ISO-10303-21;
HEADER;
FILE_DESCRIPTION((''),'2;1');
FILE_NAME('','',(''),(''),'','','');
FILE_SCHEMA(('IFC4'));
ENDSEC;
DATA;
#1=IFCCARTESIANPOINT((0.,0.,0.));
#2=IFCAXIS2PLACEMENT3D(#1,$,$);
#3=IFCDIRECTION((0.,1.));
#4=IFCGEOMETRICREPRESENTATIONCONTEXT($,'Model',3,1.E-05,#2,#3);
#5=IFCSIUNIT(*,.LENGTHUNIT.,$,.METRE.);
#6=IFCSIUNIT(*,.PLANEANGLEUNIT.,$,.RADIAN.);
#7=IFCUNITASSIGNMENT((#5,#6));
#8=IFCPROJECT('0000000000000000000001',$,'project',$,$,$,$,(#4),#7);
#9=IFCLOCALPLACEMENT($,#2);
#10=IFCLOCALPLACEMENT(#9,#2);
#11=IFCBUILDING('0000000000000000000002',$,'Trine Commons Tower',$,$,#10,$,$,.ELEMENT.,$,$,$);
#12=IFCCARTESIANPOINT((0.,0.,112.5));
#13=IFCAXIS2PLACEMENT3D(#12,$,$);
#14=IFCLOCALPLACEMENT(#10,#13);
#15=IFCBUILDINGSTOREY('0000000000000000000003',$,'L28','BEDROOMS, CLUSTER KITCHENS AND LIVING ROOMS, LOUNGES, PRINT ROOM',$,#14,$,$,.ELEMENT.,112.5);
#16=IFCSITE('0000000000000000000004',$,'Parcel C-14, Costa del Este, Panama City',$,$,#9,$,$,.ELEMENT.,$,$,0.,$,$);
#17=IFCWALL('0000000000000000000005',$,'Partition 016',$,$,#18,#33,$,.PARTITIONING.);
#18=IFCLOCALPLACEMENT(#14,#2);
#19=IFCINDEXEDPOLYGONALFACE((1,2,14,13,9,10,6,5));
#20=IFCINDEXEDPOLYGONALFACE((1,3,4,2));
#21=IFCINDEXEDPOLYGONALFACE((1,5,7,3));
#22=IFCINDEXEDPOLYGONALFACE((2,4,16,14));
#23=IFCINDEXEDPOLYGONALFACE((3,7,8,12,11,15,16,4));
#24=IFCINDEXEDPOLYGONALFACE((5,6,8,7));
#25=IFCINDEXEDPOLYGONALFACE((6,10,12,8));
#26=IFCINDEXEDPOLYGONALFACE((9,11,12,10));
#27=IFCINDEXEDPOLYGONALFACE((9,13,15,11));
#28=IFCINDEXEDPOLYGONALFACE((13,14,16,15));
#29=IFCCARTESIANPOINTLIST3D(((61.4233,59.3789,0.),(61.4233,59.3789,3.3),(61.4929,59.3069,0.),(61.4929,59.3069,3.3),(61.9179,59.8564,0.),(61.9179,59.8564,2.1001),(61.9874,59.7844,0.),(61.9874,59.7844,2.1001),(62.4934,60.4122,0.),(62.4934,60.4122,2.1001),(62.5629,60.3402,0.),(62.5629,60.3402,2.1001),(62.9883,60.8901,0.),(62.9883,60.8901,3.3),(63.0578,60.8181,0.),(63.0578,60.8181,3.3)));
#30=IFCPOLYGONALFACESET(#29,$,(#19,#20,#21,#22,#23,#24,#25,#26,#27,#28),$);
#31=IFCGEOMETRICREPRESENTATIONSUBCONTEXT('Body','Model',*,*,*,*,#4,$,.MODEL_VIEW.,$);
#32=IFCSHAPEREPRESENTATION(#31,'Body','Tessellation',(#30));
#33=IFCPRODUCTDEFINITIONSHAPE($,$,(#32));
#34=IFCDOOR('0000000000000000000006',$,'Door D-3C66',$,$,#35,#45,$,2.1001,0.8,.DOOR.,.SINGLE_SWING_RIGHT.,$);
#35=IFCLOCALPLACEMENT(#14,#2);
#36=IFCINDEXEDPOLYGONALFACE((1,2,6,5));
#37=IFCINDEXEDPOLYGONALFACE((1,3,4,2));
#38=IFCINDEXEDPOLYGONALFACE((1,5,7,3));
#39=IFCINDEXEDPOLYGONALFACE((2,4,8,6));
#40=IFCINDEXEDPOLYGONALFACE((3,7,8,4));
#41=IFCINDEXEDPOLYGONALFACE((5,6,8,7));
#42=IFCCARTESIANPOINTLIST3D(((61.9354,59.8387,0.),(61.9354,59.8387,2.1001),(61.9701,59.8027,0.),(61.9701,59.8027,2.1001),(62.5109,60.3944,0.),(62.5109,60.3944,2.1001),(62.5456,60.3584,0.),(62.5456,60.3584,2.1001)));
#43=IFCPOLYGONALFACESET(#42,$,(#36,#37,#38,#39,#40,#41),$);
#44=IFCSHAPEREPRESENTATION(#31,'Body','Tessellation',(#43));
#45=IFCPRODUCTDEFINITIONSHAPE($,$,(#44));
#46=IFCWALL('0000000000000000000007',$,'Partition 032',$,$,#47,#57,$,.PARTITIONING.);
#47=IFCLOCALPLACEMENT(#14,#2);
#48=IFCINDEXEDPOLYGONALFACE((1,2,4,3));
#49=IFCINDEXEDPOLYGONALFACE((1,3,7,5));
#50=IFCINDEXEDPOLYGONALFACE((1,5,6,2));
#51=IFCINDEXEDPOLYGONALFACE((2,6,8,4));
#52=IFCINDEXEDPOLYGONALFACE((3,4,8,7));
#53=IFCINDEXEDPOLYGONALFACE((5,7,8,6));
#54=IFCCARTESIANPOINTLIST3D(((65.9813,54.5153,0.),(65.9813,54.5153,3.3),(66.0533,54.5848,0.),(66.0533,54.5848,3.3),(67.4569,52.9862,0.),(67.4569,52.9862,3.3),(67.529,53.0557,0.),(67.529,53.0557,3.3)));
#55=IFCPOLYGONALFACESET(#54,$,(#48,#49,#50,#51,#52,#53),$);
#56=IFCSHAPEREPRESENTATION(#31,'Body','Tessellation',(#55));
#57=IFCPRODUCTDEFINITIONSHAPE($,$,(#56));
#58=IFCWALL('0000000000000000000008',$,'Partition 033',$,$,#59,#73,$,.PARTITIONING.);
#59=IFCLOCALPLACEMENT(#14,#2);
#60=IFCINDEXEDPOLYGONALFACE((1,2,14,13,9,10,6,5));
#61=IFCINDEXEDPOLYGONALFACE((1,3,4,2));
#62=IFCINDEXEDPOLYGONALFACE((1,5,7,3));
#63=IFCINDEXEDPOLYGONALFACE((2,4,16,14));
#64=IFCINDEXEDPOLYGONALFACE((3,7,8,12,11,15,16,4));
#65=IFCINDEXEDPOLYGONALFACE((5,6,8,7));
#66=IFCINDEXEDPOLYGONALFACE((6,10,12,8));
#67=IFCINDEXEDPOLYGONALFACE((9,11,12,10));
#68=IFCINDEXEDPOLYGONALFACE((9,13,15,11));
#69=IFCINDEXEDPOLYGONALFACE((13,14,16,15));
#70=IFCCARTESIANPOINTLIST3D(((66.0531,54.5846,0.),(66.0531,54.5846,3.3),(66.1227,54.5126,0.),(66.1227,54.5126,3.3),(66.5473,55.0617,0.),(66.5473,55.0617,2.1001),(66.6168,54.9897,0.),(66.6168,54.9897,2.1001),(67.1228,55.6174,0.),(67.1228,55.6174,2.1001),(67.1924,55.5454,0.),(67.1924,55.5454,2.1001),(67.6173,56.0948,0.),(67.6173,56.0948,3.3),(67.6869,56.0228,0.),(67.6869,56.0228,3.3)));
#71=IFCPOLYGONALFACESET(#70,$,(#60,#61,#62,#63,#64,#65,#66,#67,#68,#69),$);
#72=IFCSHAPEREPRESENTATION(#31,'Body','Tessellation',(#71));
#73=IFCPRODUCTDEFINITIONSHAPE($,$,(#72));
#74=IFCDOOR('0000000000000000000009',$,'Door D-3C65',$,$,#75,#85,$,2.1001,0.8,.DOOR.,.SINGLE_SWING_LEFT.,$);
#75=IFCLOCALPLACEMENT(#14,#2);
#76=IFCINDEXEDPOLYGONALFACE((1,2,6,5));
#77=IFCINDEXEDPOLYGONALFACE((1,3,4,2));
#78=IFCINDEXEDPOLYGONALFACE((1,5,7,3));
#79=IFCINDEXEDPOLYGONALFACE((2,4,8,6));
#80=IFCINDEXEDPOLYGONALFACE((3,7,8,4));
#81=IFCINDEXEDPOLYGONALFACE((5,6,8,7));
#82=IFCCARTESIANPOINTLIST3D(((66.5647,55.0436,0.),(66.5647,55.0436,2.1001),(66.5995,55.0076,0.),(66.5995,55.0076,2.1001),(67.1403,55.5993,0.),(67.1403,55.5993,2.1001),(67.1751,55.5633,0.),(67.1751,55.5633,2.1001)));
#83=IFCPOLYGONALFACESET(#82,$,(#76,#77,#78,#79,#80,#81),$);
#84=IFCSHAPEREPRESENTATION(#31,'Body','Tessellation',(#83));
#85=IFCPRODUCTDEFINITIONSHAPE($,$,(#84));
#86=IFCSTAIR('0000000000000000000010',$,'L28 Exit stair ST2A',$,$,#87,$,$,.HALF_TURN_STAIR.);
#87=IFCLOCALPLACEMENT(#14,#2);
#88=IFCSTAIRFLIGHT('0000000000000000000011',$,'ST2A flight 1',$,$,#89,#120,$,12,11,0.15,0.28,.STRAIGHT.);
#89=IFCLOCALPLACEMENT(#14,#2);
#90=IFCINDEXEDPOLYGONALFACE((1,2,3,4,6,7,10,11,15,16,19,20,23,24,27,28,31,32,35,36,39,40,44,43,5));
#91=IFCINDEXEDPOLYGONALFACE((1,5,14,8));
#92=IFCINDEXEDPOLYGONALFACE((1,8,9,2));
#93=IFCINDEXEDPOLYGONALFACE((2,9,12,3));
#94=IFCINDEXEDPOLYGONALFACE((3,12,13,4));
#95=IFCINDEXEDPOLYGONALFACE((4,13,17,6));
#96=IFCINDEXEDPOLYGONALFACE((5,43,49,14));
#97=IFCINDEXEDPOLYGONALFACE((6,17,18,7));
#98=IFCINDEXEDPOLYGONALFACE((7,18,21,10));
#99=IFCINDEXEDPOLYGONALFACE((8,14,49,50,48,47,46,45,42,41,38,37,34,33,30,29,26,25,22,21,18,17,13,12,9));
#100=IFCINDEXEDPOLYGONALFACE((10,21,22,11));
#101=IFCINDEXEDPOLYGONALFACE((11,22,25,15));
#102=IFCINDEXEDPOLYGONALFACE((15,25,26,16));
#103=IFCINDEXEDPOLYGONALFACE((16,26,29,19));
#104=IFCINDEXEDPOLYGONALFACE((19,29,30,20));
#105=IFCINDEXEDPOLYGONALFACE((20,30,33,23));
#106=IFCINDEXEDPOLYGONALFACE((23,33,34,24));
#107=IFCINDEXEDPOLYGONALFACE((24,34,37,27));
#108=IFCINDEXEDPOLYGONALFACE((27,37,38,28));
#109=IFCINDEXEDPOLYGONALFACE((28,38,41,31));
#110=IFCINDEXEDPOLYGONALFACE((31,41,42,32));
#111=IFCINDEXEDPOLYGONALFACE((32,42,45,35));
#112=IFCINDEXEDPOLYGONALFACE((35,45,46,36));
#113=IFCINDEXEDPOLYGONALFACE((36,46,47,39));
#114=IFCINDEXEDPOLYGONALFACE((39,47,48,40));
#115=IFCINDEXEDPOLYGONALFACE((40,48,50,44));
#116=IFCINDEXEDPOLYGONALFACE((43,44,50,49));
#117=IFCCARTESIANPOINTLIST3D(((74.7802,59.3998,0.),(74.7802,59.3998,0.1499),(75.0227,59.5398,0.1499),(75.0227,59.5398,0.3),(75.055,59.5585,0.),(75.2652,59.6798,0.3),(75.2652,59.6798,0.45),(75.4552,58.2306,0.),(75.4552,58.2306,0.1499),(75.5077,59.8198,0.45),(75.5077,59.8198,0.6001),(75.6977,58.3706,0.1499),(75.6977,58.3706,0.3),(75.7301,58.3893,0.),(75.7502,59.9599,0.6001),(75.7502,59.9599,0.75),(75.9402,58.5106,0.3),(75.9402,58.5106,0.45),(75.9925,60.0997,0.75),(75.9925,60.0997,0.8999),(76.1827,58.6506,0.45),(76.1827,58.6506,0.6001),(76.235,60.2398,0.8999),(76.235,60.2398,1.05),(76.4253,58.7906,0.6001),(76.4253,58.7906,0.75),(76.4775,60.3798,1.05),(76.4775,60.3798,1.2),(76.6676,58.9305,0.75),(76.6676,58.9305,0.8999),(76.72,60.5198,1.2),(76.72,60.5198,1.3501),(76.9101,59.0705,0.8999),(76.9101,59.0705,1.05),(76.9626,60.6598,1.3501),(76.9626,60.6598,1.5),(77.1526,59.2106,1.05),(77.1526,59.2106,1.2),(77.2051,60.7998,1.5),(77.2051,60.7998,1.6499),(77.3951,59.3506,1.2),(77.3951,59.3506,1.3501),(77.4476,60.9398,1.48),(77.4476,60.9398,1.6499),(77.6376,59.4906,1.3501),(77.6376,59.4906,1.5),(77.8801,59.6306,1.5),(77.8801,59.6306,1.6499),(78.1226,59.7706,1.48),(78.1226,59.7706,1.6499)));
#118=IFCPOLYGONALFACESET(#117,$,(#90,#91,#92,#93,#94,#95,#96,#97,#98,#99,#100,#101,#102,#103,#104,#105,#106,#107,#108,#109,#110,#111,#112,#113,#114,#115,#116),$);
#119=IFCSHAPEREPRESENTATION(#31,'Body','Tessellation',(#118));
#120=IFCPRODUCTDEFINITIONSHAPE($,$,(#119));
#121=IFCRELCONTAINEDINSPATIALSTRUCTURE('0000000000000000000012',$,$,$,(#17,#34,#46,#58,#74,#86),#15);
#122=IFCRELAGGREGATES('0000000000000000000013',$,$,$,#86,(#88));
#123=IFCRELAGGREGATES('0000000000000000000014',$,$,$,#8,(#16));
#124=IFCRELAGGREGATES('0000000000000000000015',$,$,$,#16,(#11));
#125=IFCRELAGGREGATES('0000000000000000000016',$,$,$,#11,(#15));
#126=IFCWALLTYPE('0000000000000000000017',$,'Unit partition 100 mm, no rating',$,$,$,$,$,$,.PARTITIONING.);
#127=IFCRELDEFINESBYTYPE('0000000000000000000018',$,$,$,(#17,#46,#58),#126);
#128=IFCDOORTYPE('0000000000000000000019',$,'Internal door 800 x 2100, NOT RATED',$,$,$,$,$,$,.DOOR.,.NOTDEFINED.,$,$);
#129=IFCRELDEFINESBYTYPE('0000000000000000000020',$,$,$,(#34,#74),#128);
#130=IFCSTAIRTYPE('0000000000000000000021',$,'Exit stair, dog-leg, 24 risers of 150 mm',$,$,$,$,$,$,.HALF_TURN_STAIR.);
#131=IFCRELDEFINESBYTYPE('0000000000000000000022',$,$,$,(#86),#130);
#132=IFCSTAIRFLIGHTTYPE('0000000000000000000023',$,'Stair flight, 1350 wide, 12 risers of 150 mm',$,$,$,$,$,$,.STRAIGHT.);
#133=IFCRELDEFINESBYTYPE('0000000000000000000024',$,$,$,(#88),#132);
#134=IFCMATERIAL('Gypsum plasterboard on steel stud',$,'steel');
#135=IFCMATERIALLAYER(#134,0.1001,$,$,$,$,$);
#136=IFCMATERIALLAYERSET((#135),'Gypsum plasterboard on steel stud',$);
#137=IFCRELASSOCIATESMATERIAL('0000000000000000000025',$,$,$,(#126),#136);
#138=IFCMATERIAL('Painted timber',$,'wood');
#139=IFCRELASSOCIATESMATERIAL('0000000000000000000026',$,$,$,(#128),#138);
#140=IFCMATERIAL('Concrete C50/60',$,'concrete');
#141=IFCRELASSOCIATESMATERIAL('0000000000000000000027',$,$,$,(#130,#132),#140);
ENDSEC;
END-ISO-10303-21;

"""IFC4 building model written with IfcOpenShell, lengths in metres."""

from ifc_helpers import new_model, si_unit, direction, frame, frame_2d, origin, place, context, subcontext, project, spatial, polyline, rectangle, outline, extrude, material, layer, layer_set, type_object, element, fill, aggregate, save


model = new_model("IFC4")

# Units and contexts
model_context = context("Model", 3, precision=1e-05, world=origin(), true_north=direction((0.0, 1.0)))
body_context = subcontext(model_context, "Body", "Model", "MODEL_VIEW")
ifc_project = project(units=[si_unit("LENGTHUNIT", "METRE"), si_unit("PLANEANGLEUNIT", "RADIAN")], contexts=[model_context])

# Site, building, storey
site_placement = place(None, origin())
site = spatial("IfcSite", under=ifc_project, at=site_placement, Name="Parcel C-14, Costa del Este, Panama City", CompositionType="ELEMENT", RefElevation=0.0)
building_placement = place(site_placement, origin())
building = spatial("IfcBuilding", under=site, at=building_placement, Name="Trine Commons Tower", CompositionType="ELEMENT")
storey_placement = place(building_placement, frame((0.0, 0.0, 112.5)))
storey = spatial("IfcBuildingStorey", under=building, at=storey_placement, Name="L28", Description="BEDROOMS, CLUSTER KITCHENS AND LIVING ROOMS, LOUNGES, PRINT ROOM", CompositionType="ELEMENT", Elevation=112.5)

# Wall, opening, door
ifc_material_1 = material(Name="Gypsum plasterboard on steel stud", Category="steel")
ifc_layer_1 = layer(ifc_material_1, 0.1001)
ifc_layer_set_1 = layer_set([ifc_layer_1], Name="Gypsum plasterboard on steel stud")
wall_type_1 = type_object("IfcWallType", Name="Unit partition 100 mm, no rating", PredefinedType="PARTITIONING", material=ifc_layer_set_1)
wall_1_placement = place(storey_placement, frame((61.458, 59.3428, 0.0), z_axis=(0.0, 0.0, 1.0), x_axis=(0.719343, 0.694655, 0.0)))
wall_1 = element("IfcWall", 1, at=wall_1_placement, inside=storey, type_object=wall_type_1, Name="Partition 016", PredefinedType="PARTITIONING", context=body_context, shape_type="SweptSolid", body=[
    extrude(rectangle(XDim=2.1755, YDim=0.1001, at=frame_2d((1.0879, 0.0))), origin(), (0.0, 0.0, 1.0), 3.3),
])
opening_1_placement = place(wall_1_placement, frame((0.6877, 0.0, 0.0)))
opening_1 = element("IfcOpeningElement", 2, at=opening_1_placement, cuts=wall_1, PredefinedType="OPENING", context=body_context, shape_type="SweptSolid", body=[
    extrude(rectangle(XDim=0.8, YDim=2.1001, at=frame_2d((0.3999, 1.05))), frame((0.0, 0.0601, 0.0), z_axis=(0.0, -1.0, 0.0), x_axis=(1.0, 0.0, 0.0)), (0.0, 0.0, 1.0), 0.1201),
])
ifc_material_2 = material(Name="Painted timber", Category="wood")
door_type_1 = type_object("IfcDoorType", Name="Internal door 800 x 2100, NOT RATED", OperationType="NOTDEFINED", PredefinedType="DOOR", material=ifc_material_2)
door_1_placement = place(opening_1_placement, frame((0.8, 0.0, 0.0), z_axis=(0.0, 0.0, 1.0), x_axis=(-1.0, 0.0, 0.0)))
door_1 = element("IfcDoor", 3, at=door_1_placement, inside=storey, type_object=door_type_1, Name="Door D-3C66", OperationType="SINGLE_SWING_RIGHT", OverallHeight=2.1001, OverallWidth=0.8, PredefinedType="DOOR", context=body_context, shape_type="SweptSolid", body=[
    extrude(rectangle(XDim=0.8, YDim=2.1001, at=frame_2d((0.3999, 1.05))), frame((0.0, 0.0249, 0.0), z_axis=(0.0, -1.0, 0.0), x_axis=(1.0, 0.0, 0.0)), (0.0, 0.0, 1.0), 0.05),
])
fill(opening_1, door_1)

# Wall
wall_2_placement = place(storey_placement, frame((66.0173, 54.55, 0.0), z_axis=(0.0, 0.0, 1.0), x_axis=(0.694414, -0.719576, 0.0)))
element("IfcWall", 4, at=wall_2_placement, inside=storey, type_object=wall_type_1, Name="Partition 032", PredefinedType="PARTITIONING", context=body_context, shape_type="SweptSolid", body=[
    extrude(rectangle(XDim=2.125, YDim=0.1001, at=frame_2d((1.0625, 0.0))), origin(), (0.0, 0.0, 1.0), 3.3),
])

# Wall, opening, door
wall_3_placement = place(storey_placement, frame((66.0879, 54.5486, 0.0), z_axis=(0.0, 0.0, 1.0), x_axis=(0.719405, 0.694591, 0.0)))
wall_3 = element("IfcWall", 5, at=wall_3_placement, inside=storey, type_object=wall_type_1, Name="Partition 033", PredefinedType="PARTITIONING", context=body_context, shape_type="SweptSolid", body=[
    extrude(rectangle(XDim=2.1743, YDim=0.1001, at=frame_2d((1.0872, 0.0))), origin(), (0.0, 0.0, 1.0), 3.3),
])
opening_2_placement = place(wall_3_placement, frame((0.687, 0.0, 0.0)))
opening_2 = element("IfcOpeningElement", 6, at=opening_2_placement, cuts=wall_3, PredefinedType="OPENING", context=body_context, shape_type="SweptSolid", body=[
    extrude(rectangle(XDim=0.8, YDim=2.1001, at=frame_2d((0.3999, 1.05))), frame((0.0, 0.0601, 0.0), z_axis=(0.0, -1.0, 0.0), x_axis=(1.0, 0.0, 0.0)), (0.0, 0.0, 1.0), 0.1201),
])
door_2_placement = place(opening_2_placement, origin())
door_2 = element("IfcDoor", 7, at=door_2_placement, inside=storey, type_object=door_type_1, Name="Door D-3C65", OperationType="SINGLE_SWING_LEFT", OverallHeight=2.1001, OverallWidth=0.8, PredefinedType="DOOR", context=body_context, shape_type="SweptSolid", body=[
    extrude(rectangle(XDim=0.8, YDim=2.1001, at=frame_2d((0.3999, 1.05))), frame((0.0, 0.0249, 0.0), z_axis=(0.0, -1.0, 0.0), x_axis=(1.0, 0.0, 0.0)), (0.0, 0.0, 1.0), 0.05),
])
fill(opening_2, door_2)

# Stair, stair flight
ifc_material_3 = material(Name="Concrete C50/60", Category="concrete")
stair_type = type_object("IfcStairType", Name="Exit stair, dog-leg, 24 risers of 150 mm", PredefinedType="HALF_TURN_STAIR", material=ifc_material_3)
stair_placement = place(storey_placement, origin())
stair = element("IfcStair", 8, at=stair_placement, inside=storey, type_object=stair_type, Name="L28 Exit stair ST2A", PredefinedType="HALF_TURN_STAIR")
stair_flight_type = type_object("IfcStairFlightType", Name="Stair flight, 1350 wide, 12 risers of 150 mm", PredefinedType="STRAIGHT", material=ifc_material_3)
stair_flight_placement = place(storey_placement, frame((75.1177, 58.8152, 0.0), z_axis=(0.0, 0.0, 1.0), x_axis=(0.866025, 0.5, 0.0)))
stair_flight = element("IfcStairFlight", 9, at=stair_flight_placement, type_object=stair_flight_type, Name="ST2A flight 1", NumberOfRisers=12, NumberOfTreads=11, PredefinedType="STRAIGHT", RiserHeight=0.15, TreadLength=0.28, context=body_context, shape_type="SweptSolid", body=[
    extrude(outline(polyline([(0.0, 0.0), (0.0, 0.1499), (0.28, 0.1499), (0.28, 0.3), (0.5601, 0.3), (0.5601, 0.45), (0.8401, 0.45), (0.8401, 0.6001), (1.1201, 0.6001), (1.1201, 0.75), (1.3999, 0.75), (1.3999, 0.8999), (1.6799, 0.8999), (1.6799, 1.05), (1.96, 1.05), (1.96, 1.2), (2.24, 1.2), (2.24, 1.3501), (2.52, 1.3501), (2.52, 1.5), (2.8, 1.5), (2.8, 1.6499), (3.0801, 1.6499), (3.0801, 1.8), (3.0801, 1.48), (0.3174, 0.0), (0.0, 0.0)])), frame((0.0, 0.675, 0.0), z_axis=(0.0, -1.0, 0.0), x_axis=(1.0, 0.0, 0.0)), (0.0, 0.0, 1.0), 1.3501),
])
aggregate(stair, [stair_flight])

save(model, "model.ifc")
